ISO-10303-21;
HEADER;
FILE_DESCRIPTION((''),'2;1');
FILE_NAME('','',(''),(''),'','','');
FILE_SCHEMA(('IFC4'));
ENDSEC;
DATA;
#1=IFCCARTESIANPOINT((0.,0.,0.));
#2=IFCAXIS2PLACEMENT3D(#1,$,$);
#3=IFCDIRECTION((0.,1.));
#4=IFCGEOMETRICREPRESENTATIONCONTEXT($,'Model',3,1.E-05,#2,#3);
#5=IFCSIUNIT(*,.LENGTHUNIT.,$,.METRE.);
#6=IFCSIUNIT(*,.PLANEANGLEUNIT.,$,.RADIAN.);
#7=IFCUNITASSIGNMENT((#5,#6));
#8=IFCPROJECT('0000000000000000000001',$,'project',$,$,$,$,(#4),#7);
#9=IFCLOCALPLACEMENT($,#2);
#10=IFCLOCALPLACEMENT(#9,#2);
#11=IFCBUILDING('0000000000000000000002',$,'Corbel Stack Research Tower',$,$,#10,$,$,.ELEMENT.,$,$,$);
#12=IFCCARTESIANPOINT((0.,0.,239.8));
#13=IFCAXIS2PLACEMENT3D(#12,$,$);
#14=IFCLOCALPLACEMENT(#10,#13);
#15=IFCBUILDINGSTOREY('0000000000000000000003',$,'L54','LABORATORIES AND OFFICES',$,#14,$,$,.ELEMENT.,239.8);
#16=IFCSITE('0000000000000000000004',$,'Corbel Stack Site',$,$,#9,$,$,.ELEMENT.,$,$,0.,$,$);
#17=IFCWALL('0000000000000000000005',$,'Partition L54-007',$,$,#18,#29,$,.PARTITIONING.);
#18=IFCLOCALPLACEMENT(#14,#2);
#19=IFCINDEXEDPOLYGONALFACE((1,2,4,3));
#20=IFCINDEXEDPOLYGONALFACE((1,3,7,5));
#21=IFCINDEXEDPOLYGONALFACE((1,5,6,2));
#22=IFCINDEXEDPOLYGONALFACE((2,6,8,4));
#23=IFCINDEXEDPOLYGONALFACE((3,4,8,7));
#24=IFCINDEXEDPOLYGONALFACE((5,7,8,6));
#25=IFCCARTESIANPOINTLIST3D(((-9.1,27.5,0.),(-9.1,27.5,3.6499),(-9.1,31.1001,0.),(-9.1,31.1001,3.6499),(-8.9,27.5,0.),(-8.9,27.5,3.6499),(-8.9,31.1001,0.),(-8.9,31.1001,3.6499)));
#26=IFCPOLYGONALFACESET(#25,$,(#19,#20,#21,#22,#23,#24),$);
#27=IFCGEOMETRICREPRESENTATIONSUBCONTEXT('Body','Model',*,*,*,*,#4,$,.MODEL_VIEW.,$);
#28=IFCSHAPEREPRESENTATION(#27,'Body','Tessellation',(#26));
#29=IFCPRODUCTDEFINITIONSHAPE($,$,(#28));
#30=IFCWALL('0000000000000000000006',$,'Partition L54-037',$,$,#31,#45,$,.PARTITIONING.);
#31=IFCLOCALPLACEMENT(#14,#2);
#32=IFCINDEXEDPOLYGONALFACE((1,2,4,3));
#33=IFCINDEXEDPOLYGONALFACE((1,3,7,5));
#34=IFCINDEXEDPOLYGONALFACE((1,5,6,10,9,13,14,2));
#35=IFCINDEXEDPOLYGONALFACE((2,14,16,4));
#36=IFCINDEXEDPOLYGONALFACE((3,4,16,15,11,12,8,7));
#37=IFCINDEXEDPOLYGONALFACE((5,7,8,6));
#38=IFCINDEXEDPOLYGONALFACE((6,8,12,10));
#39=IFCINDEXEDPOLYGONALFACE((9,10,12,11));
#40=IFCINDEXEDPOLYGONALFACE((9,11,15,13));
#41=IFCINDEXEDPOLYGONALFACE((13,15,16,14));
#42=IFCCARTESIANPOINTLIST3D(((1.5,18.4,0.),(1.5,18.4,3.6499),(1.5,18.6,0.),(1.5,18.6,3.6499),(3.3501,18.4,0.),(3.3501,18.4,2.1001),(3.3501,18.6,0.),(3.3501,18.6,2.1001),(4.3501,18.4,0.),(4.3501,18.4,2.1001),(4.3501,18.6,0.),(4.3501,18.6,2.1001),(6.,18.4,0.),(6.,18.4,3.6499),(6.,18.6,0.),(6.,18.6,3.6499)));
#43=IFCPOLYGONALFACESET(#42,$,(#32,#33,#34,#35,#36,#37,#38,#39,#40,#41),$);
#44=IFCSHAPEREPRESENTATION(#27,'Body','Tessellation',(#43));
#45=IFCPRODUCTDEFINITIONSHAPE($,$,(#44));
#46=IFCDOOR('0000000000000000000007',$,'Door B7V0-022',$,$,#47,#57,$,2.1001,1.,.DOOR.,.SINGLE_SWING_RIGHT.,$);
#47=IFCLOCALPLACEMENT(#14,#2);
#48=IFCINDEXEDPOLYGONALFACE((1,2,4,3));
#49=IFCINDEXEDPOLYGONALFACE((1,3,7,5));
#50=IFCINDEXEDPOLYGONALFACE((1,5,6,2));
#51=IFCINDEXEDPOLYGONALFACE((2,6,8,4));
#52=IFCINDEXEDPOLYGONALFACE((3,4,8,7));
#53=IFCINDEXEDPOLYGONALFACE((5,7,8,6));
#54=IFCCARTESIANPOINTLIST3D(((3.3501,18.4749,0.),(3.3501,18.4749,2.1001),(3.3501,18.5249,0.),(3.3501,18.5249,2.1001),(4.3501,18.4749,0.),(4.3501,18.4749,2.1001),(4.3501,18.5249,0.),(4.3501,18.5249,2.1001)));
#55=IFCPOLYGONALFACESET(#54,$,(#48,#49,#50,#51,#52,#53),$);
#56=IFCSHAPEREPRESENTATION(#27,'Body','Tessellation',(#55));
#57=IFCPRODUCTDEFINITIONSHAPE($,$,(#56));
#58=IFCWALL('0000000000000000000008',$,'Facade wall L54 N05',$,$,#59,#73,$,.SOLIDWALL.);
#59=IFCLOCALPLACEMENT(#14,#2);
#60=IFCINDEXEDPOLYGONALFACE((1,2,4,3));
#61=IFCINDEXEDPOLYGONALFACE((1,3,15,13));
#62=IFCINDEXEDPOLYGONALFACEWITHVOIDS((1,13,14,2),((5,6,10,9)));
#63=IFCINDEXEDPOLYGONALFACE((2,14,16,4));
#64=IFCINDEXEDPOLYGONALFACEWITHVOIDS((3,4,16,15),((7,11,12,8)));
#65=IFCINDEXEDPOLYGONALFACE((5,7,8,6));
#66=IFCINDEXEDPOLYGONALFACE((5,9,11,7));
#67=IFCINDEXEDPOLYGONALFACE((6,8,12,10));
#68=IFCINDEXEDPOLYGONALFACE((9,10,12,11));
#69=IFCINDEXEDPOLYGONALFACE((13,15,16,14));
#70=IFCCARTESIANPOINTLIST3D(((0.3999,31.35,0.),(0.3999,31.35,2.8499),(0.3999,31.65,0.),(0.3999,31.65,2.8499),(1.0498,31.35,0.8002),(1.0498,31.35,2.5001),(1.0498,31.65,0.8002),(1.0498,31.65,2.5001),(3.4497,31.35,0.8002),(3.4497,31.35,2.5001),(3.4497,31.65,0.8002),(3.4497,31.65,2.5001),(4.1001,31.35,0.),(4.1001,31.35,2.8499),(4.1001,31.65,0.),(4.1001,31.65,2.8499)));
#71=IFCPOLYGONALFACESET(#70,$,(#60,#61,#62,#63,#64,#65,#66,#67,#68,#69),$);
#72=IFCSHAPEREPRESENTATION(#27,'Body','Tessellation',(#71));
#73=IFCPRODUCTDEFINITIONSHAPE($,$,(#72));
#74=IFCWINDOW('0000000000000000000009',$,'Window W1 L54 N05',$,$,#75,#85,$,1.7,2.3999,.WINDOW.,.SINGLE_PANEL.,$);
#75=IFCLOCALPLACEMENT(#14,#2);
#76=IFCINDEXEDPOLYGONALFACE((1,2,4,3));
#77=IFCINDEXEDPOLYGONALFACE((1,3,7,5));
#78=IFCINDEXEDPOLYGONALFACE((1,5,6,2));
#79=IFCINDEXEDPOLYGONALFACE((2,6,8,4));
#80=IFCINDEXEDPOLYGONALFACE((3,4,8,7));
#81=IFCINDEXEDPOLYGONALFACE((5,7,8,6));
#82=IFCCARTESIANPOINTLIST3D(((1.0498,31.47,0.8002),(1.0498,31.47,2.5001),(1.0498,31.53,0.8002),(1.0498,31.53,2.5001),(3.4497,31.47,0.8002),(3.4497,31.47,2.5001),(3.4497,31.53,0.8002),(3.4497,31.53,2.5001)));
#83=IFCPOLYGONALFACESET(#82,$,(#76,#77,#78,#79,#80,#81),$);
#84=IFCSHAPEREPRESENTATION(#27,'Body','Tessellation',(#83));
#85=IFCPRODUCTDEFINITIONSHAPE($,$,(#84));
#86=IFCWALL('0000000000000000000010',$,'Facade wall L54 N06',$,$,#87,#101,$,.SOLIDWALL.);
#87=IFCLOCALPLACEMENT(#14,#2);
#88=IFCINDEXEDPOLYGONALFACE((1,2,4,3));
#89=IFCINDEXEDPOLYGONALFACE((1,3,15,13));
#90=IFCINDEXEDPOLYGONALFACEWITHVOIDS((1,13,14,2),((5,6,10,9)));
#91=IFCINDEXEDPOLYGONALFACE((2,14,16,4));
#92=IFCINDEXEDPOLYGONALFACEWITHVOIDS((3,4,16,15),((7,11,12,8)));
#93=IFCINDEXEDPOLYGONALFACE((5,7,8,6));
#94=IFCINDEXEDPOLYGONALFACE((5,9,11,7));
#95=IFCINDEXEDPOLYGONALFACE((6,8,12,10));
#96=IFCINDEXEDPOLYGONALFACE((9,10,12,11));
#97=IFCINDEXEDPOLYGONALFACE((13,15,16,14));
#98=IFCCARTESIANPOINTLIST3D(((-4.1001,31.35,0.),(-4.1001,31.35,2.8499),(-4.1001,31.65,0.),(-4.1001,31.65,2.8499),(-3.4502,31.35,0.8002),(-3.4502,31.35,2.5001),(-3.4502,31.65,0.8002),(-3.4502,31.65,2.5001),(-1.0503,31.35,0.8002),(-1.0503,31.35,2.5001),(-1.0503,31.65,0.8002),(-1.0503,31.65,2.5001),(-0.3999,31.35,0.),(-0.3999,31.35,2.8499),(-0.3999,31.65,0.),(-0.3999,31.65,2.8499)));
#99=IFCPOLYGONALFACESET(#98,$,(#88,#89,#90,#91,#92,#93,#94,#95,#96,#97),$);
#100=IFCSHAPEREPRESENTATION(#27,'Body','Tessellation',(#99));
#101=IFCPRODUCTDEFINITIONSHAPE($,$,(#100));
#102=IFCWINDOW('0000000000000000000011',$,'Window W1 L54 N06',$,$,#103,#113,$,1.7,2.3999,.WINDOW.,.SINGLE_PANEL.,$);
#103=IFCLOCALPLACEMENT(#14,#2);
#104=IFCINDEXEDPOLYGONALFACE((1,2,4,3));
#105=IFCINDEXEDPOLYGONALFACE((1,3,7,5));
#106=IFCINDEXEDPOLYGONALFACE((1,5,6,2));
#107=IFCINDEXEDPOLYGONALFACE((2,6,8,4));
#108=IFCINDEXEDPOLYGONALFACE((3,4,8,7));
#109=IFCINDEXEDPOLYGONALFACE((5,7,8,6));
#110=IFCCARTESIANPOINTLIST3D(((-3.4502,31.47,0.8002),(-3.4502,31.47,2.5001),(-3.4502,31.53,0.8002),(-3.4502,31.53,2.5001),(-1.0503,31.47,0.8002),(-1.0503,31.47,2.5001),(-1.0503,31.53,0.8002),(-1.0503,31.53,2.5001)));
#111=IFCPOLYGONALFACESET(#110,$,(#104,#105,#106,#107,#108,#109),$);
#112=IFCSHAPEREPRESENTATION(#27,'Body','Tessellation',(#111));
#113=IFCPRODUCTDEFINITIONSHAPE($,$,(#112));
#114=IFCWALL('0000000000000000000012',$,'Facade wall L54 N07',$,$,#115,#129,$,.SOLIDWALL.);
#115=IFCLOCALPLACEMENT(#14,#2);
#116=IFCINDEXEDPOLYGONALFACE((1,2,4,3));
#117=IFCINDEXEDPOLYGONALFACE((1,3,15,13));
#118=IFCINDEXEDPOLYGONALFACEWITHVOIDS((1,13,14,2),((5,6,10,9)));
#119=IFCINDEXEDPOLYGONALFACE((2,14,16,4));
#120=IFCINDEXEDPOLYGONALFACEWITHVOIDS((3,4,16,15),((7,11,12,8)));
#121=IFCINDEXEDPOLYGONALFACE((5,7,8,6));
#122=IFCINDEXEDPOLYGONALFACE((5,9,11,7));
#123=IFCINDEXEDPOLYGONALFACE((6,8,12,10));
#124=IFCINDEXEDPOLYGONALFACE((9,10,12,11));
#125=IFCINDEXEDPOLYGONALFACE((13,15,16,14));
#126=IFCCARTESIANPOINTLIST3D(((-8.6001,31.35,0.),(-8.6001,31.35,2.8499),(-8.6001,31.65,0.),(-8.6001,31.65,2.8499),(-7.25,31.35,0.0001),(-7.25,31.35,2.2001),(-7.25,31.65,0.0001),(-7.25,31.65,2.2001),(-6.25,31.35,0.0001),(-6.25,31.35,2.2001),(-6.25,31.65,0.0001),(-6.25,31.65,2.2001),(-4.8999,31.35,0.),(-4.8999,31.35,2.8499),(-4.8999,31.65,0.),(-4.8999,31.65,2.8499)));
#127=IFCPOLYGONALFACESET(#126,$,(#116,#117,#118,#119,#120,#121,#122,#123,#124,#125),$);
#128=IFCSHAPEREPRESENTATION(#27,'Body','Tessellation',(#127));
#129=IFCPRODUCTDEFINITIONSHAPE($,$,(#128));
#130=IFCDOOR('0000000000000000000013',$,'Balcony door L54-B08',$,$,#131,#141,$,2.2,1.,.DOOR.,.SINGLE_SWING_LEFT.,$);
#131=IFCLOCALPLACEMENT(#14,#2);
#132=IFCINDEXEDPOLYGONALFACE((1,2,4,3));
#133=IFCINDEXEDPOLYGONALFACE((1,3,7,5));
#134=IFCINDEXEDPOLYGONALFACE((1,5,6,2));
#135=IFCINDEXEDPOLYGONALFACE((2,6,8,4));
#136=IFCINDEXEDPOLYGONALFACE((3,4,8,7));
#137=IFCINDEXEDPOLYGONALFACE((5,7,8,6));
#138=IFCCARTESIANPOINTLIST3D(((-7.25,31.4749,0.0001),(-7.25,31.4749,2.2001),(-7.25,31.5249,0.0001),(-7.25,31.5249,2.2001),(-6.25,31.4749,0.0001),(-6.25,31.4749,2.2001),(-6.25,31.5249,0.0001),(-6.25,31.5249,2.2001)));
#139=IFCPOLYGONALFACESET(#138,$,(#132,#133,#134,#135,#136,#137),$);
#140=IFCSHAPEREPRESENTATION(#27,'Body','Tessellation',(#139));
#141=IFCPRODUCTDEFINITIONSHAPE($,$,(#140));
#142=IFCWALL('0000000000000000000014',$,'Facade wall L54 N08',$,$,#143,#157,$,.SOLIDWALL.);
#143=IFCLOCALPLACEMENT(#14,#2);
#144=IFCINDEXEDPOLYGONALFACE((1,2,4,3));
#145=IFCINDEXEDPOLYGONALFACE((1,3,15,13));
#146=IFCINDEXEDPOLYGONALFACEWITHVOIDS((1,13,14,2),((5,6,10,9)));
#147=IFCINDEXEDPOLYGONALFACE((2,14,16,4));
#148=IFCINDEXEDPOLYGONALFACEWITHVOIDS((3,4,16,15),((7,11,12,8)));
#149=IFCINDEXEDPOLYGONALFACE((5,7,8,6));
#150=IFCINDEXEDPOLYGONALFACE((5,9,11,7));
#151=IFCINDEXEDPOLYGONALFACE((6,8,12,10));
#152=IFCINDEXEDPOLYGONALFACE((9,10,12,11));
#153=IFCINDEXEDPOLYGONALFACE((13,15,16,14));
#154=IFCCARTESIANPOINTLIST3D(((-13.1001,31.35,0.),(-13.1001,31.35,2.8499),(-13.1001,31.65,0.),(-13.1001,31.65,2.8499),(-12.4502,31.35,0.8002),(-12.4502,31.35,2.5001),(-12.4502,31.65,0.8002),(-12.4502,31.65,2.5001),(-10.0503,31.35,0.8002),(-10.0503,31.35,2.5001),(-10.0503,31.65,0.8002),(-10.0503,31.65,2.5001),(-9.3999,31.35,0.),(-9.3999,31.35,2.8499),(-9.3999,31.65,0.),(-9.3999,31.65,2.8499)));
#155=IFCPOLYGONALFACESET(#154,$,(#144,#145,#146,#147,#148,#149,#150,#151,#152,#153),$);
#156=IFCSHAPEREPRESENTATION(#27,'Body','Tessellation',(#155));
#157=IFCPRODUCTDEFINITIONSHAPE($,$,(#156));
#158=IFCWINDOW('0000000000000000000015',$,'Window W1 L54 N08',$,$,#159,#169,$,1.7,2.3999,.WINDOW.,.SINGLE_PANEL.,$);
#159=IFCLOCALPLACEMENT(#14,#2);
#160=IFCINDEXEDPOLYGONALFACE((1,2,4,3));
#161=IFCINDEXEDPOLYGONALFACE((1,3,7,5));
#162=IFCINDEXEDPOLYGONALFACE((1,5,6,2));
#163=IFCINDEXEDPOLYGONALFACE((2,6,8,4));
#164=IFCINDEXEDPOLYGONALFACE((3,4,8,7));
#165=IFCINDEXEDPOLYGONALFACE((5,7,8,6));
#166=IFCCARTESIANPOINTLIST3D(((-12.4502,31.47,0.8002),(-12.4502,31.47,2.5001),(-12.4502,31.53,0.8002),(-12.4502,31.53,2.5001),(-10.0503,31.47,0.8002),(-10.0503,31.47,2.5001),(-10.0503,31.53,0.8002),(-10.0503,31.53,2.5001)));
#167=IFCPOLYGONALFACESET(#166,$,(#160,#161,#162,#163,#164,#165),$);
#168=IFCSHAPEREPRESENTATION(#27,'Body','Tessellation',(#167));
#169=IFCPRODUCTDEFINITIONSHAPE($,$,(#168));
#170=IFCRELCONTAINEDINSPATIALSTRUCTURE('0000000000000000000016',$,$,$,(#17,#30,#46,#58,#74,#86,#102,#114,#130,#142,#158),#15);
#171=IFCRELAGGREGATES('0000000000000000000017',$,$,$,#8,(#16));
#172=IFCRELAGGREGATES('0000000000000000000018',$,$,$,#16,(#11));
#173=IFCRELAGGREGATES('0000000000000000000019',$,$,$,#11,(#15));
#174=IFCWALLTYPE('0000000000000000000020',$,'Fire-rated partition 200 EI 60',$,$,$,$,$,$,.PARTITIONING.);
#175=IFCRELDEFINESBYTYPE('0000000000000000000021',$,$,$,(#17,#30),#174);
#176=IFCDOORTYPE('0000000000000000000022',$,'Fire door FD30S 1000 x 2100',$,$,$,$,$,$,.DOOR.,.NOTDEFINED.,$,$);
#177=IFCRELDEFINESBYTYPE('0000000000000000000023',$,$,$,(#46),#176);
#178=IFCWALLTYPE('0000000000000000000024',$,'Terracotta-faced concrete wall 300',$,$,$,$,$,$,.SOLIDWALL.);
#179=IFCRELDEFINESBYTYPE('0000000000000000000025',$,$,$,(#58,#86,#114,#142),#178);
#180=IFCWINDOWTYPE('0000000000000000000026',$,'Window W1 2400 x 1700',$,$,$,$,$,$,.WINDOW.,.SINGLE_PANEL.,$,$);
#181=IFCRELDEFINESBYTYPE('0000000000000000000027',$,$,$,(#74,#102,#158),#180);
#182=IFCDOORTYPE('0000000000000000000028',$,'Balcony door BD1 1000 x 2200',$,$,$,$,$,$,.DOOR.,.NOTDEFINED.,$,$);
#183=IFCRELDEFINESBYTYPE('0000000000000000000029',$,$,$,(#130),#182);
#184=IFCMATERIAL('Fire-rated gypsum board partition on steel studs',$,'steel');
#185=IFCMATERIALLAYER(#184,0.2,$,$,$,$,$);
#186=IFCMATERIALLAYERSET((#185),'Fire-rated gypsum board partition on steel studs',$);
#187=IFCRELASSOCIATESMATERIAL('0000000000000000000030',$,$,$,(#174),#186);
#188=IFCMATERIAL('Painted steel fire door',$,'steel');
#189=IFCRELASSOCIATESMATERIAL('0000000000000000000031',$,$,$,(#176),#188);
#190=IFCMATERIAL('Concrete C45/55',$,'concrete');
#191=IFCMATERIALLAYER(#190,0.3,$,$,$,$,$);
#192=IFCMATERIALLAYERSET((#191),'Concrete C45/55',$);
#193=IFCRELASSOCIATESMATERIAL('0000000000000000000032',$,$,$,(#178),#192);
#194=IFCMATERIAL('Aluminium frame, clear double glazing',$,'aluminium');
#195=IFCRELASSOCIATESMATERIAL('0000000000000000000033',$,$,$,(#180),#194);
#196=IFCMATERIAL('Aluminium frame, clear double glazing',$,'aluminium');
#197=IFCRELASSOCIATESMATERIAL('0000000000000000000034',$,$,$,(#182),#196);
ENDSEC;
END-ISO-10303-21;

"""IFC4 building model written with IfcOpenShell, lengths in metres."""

from ifc_helpers import new_model, si_unit, direction, frame, frame_2d, origin, place, context, subcontext, project, spatial, rectangle, extrude, material, layer, layer_set, type_object, element, fill, save


model = new_model("IFC4")

# Units and contexts
model_context = context("Model", 3, precision=1e-05, world=origin(), true_north=direction((0.0, 1.0)))
body_context = subcontext(model_context, "Body", "Model", "MODEL_VIEW")
ifc_project = project(units=[si_unit("LENGTHUNIT", "METRE"), si_unit("PLANEANGLEUNIT", "RADIAN")], contexts=[model_context])

# Site, building, storey
site_placement = place(None, origin())
site = spatial("IfcSite", under=ifc_project, at=site_placement, Name="Corbel Stack Site", CompositionType="ELEMENT", RefElevation=0.0)
building_placement = place(site_placement, origin())
building = spatial("IfcBuilding", under=site, at=building_placement, Name="Corbel Stack Research Tower", CompositionType="ELEMENT")
storey_placement = place(building_placement, frame((0.0, 0.0, 239.8)))
storey = spatial("IfcBuildingStorey", under=building, at=storey_placement, Name="L54", Description="LABORATORIES AND OFFICES", CompositionType="ELEMENT", Elevation=239.8)

# Wall
ifc_material_1 = material(Name="Fire-rated gypsum board partition on steel studs", Category="steel")
ifc_layer_1 = layer(ifc_material_1, 0.2)
ifc_layer_set_1 = layer_set([ifc_layer_1], Name="Fire-rated gypsum board partition on steel studs")
wall_type_1 = type_object("IfcWallType", Name="Fire-rated partition 200 EI 60", PredefinedType="PARTITIONING", material=ifc_layer_set_1)
wall_1_placement = place(storey_placement, frame((-9.0, 27.5, 0.0), z_axis=(0.0, 0.0, 1.0), x_axis=(0.0, 1.0, 0.0)))
element("IfcWall", 1, at=wall_1_placement, inside=storey, type_object=wall_type_1, Name="Partition L54-007", PredefinedType="PARTITIONING", context=body_context, shape_type="SweptSolid", body=[
    extrude(rectangle(XDim=3.6001, YDim=0.2, at=frame_2d((1.8, 0.0))), origin(), (0.0, 0.0, 1.0), 3.6499),
])

# Wall, opening, door
wall_2_placement = place(storey_placement, frame((1.5, 18.5, 0.0), z_axis=(0.0, 0.0, 1.0), x_axis=(1.0, 0.0, 0.0)))
wall_2 = element("IfcWall", 2, at=wall_2_placement, inside=storey, type_object=wall_type_1, Name="Partition L54-037", PredefinedType="PARTITIONING", context=body_context, shape_type="SweptSolid", body=[
    extrude(rectangle(XDim=4.5, YDim=0.2, at=frame_2d((2.25, 0.0))), origin(), (0.0, 0.0, 1.0), 3.6499),
])
opening_1_placement = place(wall_2_placement, frame((1.8501, 0.0, 0.0)))
opening_1 = element("IfcOpeningElement", 3, at=opening_1_placement, cuts=wall_2, PredefinedType="OPENING", context=body_context, shape_type="SweptSolid", body=[
    extrude(rectangle(XDim=1.0, YDim=2.1001, at=frame_2d((0.5, 1.05))), frame((0.0, 0.1099, 0.0), z_axis=(0.0, -1.0, 0.0), x_axis=(1.0, 0.0, 0.0)), (0.0, 0.0, 1.0), 0.22),
])
ifc_material_2 = material(Name="Painted steel fire door", Category="steel")
door_type_1 = type_object("IfcDoorType", Name="Fire door FD30S 1000 x 2100", OperationType="NOTDEFINED", PredefinedType="DOOR", material=ifc_material_2)
door_1_placement = place(opening_1_placement, origin())
door_1 = element("IfcDoor", 4, at=door_1_placement, inside=storey, type_object=door_type_1, Name="Door B7V0-022", OperationType="SINGLE_SWING_RIGHT", OverallHeight=2.1001, OverallWidth=1.0, PredefinedType="DOOR", context=body_context, shape_type="SweptSolid", body=[
    extrude(rectangle(XDim=1.0, YDim=2.1001, at=frame_2d((0.5, 1.05))), frame((0.0, 0.0249, 0.0), z_axis=(0.0, -1.0, 0.0), x_axis=(1.0, 0.0, 0.0)), (0.0, 0.0, 1.0), 0.05),
])
fill(opening_1, door_1)

# Walls, openings, windows
ifc_material_3 = material(Name="Concrete C45/55", Category="concrete")
ifc_layer_2 = layer(ifc_material_3, 0.3)
ifc_layer_set_2 = layer_set([ifc_layer_2], Name="Concrete C45/55")
wall_type_2 = type_object("IfcWallType", Name="Terracotta-faced concrete wall 300", PredefinedType="SOLIDWALL", material=ifc_layer_set_2)
wall_3_placement = place(storey_placement, frame((0.3999, 31.5, 0.0), z_axis=(0.0, 0.0, 1.0), x_axis=(1.0, 0.0, 0.0)))
wall_3 = element("IfcWall", 5, at=wall_3_placement, inside=storey, type_object=wall_type_2, Name="Facade wall L54 N05", PredefinedType="SOLIDWALL", context=body_context, shape_type="SweptSolid", body=[
    extrude(rectangle(XDim=3.7002, YDim=0.3, at=frame_2d((1.8501, 0.0))), origin(), (0.0, 0.0, 1.0), 2.8499),
])
opening_2_placement = place(wall_3_placement, frame((0.6499, 0.0, 0.8)))
opening_2 = element("IfcOpeningElement", 6, at=opening_2_placement, cuts=wall_3, PredefinedType="OPENING", context=body_context, shape_type="SweptSolid", body=[
    extrude(rectangle(XDim=2.3999, YDim=1.7, at=frame_2d((1.2, 0.8501))), frame((0.0, 0.1599, 0.0), z_axis=(0.0, -1.0, 0.0), x_axis=(1.0, 0.0, 0.0)), (0.0, 0.0, 1.0), 0.3201),
])
ifc_material_4 = material(Name="Aluminium frame, clear double glazing", Category="aluminium")
window_type = type_object("IfcWindowType", Name="Window W1 2400 x 1700", PartitioningType="SINGLE_PANEL", PredefinedType="WINDOW", material=ifc_material_4)
window_1_placement = place(opening_2_placement, origin())
window_1 = element("IfcWindow", 7, at=window_1_placement, inside=storey, type_object=window_type, Name="Window W1 L54 N05", OverallHeight=1.7, OverallWidth=2.3999, PartitioningType="SINGLE_PANEL", PredefinedType="WINDOW", context=body_context, shape_type="SweptSolid", body=[
    extrude(rectangle(XDim=2.3999, YDim=1.7, at=frame_2d((1.2, 0.8501))), frame((0.0, 0.03, 0.0), z_axis=(0.0, -1.0, 0.0), x_axis=(1.0, 0.0, 0.0)), (0.0, 0.0, 1.0), 0.0601),
])
fill(opening_2, window_1)
wall_4_placement = place(storey_placement, frame((-4.1001, 31.5, 0.0), z_axis=(0.0, 0.0, 1.0), x_axis=(1.0, 0.0, 0.0)))
wall_4 = element("IfcWall", 8, at=wall_4_placement, inside=storey, type_object=wall_type_2, Name="Facade wall L54 N06", PredefinedType="SOLIDWALL", context=body_context, shape_type="SweptSolid", body=[
    extrude(rectangle(XDim=3.7002, YDim=0.3, at=frame_2d((1.8501, 0.0))), origin(), (0.0, 0.0, 1.0), 2.8499),
])
opening_3_placement = place(wall_4_placement, frame((0.6499, 0.0, 0.8)))
opening_3 = element("IfcOpeningElement", 9, at=opening_3_placement, cuts=wall_4, PredefinedType="OPENING", context=body_context, shape_type="SweptSolid", body=[
    extrude(rectangle(XDim=2.3999, YDim=1.7, at=frame_2d((1.2, 0.8501))), frame((0.0, 0.1599, 0.0), z_axis=(0.0, -1.0, 0.0), x_axis=(1.0, 0.0, 0.0)), (0.0, 0.0, 1.0), 0.3201),
])
window_2_placement = place(opening_3_placement, origin())
window_2 = element("IfcWindow", 10, at=window_2_placement, inside=storey, type_object=window_type, Name="Window W1 L54 N06", OverallHeight=1.7, OverallWidth=2.3999, PartitioningType="SINGLE_PANEL", PredefinedType="WINDOW", context=body_context, shape_type="SweptSolid", body=[
    extrude(rectangle(XDim=2.3999, YDim=1.7, at=frame_2d((1.2, 0.8501))), frame((0.0, 0.03, 0.0), z_axis=(0.0, -1.0, 0.0), x_axis=(1.0, 0.0, 0.0)), (0.0, 0.0, 1.0), 0.0601),
])
fill(opening_3, window_2)

# Wall, opening, door
wall_5_placement = place(storey_placement, frame((-8.6001, 31.5, 0.0), z_axis=(0.0, 0.0, 1.0), x_axis=(1.0, 0.0, 0.0)))
wall_5 = element("IfcWall", 11, at=wall_5_placement, inside=storey, type_object=wall_type_2, Name="Facade wall L54 N07", PredefinedType="SOLIDWALL", context=body_context, shape_type="SweptSolid", body=[
    extrude(rectangle(XDim=3.7002, YDim=0.3, at=frame_2d((1.8501, 0.0))), origin(), (0.0, 0.0, 1.0), 2.8499),
])
opening_4_placement = place(wall_5_placement, frame((1.3501, 0.0, 0.0)))
opening_4 = element("IfcOpeningElement", 12, at=opening_4_placement, cuts=wall_5, PredefinedType="OPENING", context=body_context, shape_type="SweptSolid", body=[
    extrude(rectangle(XDim=1.0, YDim=2.2, at=frame_2d((0.5, 1.1001))), frame((0.0, 0.1599, 0.0), z_axis=(0.0, -1.0, 0.0), x_axis=(1.0, 0.0, 0.0)), (0.0, 0.0, 1.0), 0.3201),
])
ifc_material_5 = material(Name="Aluminium frame, clear double glazing", Category="aluminium")
door_type_2 = type_object("IfcDoorType", Name="Balcony door BD1 1000 x 2200", OperationType="NOTDEFINED", PredefinedType="DOOR", material=ifc_material_5)
door_2_placement = place(opening_4_placement, origin())
door_2 = element("IfcDoor", 13, at=door_2_placement, inside=storey, type_object=door_type_2, Name="Balcony door L54-B08", OperationType="SINGLE_SWING_LEFT", OverallHeight=2.2, OverallWidth=1.0, PredefinedType="DOOR", context=body_context, shape_type="SweptSolid", body=[
    extrude(rectangle(XDim=1.0, YDim=2.2, at=frame_2d((0.5, 1.1001))), frame((0.0, 0.0249, 0.0), z_axis=(0.0, -1.0, 0.0), x_axis=(1.0, 0.0, 0.0)), (0.0, 0.0, 1.0), 0.05),
])
fill(opening_4, door_2)

# Wall, opening, window
wall_6_placement = place(storey_placement, frame((-13.1001, 31.5, 0.0), z_axis=(0.0, 0.0, 1.0), x_axis=(1.0, 0.0, 0.0)))
wall_6 = element("IfcWall", 14, at=wall_6_placement, inside=storey, type_object=wall_type_2, Name="Facade wall L54 N08", PredefinedType="SOLIDWALL", context=body_context, shape_type="SweptSolid", body=[
    extrude(rectangle(XDim=3.7002, YDim=0.3, at=frame_2d((1.8501, 0.0))), origin(), (0.0, 0.0, 1.0), 2.8499),
])
opening_5_placement = place(wall_6_placement, frame((0.6499, 0.0, 0.8)))
opening_5 = element("IfcOpeningElement", 15, at=opening_5_placement, cuts=wall_6, PredefinedType="OPENING", context=body_context, shape_type="SweptSolid", body=[
    extrude(rectangle(XDim=2.3999, YDim=1.7, at=frame_2d((1.2, 0.8501))), frame((0.0, 0.1599, 0.0), z_axis=(0.0, -1.0, 0.0), x_axis=(1.0, 0.0, 0.0)), (0.0, 0.0, 1.0), 0.3201),
])
window_3_placement = place(opening_5_placement, origin())
window_3 = element("IfcWindow", 16, at=window_3_placement, inside=storey, type_object=window_type, Name="Window W1 L54 N08", OverallHeight=1.7, OverallWidth=2.3999, PartitioningType="SINGLE_PANEL", PredefinedType="WINDOW", context=body_context, shape_type="SweptSolid", body=[
    extrude(rectangle(XDim=2.3999, YDim=1.7, at=frame_2d((1.2, 0.8501))), frame((0.0, 0.03, 0.0), z_axis=(0.0, -1.0, 0.0), x_axis=(1.0, 0.0, 0.0)), (0.0, 0.0, 1.0), 0.0601),
])
fill(opening_5, window_3)

save(model, "model.ifc")
